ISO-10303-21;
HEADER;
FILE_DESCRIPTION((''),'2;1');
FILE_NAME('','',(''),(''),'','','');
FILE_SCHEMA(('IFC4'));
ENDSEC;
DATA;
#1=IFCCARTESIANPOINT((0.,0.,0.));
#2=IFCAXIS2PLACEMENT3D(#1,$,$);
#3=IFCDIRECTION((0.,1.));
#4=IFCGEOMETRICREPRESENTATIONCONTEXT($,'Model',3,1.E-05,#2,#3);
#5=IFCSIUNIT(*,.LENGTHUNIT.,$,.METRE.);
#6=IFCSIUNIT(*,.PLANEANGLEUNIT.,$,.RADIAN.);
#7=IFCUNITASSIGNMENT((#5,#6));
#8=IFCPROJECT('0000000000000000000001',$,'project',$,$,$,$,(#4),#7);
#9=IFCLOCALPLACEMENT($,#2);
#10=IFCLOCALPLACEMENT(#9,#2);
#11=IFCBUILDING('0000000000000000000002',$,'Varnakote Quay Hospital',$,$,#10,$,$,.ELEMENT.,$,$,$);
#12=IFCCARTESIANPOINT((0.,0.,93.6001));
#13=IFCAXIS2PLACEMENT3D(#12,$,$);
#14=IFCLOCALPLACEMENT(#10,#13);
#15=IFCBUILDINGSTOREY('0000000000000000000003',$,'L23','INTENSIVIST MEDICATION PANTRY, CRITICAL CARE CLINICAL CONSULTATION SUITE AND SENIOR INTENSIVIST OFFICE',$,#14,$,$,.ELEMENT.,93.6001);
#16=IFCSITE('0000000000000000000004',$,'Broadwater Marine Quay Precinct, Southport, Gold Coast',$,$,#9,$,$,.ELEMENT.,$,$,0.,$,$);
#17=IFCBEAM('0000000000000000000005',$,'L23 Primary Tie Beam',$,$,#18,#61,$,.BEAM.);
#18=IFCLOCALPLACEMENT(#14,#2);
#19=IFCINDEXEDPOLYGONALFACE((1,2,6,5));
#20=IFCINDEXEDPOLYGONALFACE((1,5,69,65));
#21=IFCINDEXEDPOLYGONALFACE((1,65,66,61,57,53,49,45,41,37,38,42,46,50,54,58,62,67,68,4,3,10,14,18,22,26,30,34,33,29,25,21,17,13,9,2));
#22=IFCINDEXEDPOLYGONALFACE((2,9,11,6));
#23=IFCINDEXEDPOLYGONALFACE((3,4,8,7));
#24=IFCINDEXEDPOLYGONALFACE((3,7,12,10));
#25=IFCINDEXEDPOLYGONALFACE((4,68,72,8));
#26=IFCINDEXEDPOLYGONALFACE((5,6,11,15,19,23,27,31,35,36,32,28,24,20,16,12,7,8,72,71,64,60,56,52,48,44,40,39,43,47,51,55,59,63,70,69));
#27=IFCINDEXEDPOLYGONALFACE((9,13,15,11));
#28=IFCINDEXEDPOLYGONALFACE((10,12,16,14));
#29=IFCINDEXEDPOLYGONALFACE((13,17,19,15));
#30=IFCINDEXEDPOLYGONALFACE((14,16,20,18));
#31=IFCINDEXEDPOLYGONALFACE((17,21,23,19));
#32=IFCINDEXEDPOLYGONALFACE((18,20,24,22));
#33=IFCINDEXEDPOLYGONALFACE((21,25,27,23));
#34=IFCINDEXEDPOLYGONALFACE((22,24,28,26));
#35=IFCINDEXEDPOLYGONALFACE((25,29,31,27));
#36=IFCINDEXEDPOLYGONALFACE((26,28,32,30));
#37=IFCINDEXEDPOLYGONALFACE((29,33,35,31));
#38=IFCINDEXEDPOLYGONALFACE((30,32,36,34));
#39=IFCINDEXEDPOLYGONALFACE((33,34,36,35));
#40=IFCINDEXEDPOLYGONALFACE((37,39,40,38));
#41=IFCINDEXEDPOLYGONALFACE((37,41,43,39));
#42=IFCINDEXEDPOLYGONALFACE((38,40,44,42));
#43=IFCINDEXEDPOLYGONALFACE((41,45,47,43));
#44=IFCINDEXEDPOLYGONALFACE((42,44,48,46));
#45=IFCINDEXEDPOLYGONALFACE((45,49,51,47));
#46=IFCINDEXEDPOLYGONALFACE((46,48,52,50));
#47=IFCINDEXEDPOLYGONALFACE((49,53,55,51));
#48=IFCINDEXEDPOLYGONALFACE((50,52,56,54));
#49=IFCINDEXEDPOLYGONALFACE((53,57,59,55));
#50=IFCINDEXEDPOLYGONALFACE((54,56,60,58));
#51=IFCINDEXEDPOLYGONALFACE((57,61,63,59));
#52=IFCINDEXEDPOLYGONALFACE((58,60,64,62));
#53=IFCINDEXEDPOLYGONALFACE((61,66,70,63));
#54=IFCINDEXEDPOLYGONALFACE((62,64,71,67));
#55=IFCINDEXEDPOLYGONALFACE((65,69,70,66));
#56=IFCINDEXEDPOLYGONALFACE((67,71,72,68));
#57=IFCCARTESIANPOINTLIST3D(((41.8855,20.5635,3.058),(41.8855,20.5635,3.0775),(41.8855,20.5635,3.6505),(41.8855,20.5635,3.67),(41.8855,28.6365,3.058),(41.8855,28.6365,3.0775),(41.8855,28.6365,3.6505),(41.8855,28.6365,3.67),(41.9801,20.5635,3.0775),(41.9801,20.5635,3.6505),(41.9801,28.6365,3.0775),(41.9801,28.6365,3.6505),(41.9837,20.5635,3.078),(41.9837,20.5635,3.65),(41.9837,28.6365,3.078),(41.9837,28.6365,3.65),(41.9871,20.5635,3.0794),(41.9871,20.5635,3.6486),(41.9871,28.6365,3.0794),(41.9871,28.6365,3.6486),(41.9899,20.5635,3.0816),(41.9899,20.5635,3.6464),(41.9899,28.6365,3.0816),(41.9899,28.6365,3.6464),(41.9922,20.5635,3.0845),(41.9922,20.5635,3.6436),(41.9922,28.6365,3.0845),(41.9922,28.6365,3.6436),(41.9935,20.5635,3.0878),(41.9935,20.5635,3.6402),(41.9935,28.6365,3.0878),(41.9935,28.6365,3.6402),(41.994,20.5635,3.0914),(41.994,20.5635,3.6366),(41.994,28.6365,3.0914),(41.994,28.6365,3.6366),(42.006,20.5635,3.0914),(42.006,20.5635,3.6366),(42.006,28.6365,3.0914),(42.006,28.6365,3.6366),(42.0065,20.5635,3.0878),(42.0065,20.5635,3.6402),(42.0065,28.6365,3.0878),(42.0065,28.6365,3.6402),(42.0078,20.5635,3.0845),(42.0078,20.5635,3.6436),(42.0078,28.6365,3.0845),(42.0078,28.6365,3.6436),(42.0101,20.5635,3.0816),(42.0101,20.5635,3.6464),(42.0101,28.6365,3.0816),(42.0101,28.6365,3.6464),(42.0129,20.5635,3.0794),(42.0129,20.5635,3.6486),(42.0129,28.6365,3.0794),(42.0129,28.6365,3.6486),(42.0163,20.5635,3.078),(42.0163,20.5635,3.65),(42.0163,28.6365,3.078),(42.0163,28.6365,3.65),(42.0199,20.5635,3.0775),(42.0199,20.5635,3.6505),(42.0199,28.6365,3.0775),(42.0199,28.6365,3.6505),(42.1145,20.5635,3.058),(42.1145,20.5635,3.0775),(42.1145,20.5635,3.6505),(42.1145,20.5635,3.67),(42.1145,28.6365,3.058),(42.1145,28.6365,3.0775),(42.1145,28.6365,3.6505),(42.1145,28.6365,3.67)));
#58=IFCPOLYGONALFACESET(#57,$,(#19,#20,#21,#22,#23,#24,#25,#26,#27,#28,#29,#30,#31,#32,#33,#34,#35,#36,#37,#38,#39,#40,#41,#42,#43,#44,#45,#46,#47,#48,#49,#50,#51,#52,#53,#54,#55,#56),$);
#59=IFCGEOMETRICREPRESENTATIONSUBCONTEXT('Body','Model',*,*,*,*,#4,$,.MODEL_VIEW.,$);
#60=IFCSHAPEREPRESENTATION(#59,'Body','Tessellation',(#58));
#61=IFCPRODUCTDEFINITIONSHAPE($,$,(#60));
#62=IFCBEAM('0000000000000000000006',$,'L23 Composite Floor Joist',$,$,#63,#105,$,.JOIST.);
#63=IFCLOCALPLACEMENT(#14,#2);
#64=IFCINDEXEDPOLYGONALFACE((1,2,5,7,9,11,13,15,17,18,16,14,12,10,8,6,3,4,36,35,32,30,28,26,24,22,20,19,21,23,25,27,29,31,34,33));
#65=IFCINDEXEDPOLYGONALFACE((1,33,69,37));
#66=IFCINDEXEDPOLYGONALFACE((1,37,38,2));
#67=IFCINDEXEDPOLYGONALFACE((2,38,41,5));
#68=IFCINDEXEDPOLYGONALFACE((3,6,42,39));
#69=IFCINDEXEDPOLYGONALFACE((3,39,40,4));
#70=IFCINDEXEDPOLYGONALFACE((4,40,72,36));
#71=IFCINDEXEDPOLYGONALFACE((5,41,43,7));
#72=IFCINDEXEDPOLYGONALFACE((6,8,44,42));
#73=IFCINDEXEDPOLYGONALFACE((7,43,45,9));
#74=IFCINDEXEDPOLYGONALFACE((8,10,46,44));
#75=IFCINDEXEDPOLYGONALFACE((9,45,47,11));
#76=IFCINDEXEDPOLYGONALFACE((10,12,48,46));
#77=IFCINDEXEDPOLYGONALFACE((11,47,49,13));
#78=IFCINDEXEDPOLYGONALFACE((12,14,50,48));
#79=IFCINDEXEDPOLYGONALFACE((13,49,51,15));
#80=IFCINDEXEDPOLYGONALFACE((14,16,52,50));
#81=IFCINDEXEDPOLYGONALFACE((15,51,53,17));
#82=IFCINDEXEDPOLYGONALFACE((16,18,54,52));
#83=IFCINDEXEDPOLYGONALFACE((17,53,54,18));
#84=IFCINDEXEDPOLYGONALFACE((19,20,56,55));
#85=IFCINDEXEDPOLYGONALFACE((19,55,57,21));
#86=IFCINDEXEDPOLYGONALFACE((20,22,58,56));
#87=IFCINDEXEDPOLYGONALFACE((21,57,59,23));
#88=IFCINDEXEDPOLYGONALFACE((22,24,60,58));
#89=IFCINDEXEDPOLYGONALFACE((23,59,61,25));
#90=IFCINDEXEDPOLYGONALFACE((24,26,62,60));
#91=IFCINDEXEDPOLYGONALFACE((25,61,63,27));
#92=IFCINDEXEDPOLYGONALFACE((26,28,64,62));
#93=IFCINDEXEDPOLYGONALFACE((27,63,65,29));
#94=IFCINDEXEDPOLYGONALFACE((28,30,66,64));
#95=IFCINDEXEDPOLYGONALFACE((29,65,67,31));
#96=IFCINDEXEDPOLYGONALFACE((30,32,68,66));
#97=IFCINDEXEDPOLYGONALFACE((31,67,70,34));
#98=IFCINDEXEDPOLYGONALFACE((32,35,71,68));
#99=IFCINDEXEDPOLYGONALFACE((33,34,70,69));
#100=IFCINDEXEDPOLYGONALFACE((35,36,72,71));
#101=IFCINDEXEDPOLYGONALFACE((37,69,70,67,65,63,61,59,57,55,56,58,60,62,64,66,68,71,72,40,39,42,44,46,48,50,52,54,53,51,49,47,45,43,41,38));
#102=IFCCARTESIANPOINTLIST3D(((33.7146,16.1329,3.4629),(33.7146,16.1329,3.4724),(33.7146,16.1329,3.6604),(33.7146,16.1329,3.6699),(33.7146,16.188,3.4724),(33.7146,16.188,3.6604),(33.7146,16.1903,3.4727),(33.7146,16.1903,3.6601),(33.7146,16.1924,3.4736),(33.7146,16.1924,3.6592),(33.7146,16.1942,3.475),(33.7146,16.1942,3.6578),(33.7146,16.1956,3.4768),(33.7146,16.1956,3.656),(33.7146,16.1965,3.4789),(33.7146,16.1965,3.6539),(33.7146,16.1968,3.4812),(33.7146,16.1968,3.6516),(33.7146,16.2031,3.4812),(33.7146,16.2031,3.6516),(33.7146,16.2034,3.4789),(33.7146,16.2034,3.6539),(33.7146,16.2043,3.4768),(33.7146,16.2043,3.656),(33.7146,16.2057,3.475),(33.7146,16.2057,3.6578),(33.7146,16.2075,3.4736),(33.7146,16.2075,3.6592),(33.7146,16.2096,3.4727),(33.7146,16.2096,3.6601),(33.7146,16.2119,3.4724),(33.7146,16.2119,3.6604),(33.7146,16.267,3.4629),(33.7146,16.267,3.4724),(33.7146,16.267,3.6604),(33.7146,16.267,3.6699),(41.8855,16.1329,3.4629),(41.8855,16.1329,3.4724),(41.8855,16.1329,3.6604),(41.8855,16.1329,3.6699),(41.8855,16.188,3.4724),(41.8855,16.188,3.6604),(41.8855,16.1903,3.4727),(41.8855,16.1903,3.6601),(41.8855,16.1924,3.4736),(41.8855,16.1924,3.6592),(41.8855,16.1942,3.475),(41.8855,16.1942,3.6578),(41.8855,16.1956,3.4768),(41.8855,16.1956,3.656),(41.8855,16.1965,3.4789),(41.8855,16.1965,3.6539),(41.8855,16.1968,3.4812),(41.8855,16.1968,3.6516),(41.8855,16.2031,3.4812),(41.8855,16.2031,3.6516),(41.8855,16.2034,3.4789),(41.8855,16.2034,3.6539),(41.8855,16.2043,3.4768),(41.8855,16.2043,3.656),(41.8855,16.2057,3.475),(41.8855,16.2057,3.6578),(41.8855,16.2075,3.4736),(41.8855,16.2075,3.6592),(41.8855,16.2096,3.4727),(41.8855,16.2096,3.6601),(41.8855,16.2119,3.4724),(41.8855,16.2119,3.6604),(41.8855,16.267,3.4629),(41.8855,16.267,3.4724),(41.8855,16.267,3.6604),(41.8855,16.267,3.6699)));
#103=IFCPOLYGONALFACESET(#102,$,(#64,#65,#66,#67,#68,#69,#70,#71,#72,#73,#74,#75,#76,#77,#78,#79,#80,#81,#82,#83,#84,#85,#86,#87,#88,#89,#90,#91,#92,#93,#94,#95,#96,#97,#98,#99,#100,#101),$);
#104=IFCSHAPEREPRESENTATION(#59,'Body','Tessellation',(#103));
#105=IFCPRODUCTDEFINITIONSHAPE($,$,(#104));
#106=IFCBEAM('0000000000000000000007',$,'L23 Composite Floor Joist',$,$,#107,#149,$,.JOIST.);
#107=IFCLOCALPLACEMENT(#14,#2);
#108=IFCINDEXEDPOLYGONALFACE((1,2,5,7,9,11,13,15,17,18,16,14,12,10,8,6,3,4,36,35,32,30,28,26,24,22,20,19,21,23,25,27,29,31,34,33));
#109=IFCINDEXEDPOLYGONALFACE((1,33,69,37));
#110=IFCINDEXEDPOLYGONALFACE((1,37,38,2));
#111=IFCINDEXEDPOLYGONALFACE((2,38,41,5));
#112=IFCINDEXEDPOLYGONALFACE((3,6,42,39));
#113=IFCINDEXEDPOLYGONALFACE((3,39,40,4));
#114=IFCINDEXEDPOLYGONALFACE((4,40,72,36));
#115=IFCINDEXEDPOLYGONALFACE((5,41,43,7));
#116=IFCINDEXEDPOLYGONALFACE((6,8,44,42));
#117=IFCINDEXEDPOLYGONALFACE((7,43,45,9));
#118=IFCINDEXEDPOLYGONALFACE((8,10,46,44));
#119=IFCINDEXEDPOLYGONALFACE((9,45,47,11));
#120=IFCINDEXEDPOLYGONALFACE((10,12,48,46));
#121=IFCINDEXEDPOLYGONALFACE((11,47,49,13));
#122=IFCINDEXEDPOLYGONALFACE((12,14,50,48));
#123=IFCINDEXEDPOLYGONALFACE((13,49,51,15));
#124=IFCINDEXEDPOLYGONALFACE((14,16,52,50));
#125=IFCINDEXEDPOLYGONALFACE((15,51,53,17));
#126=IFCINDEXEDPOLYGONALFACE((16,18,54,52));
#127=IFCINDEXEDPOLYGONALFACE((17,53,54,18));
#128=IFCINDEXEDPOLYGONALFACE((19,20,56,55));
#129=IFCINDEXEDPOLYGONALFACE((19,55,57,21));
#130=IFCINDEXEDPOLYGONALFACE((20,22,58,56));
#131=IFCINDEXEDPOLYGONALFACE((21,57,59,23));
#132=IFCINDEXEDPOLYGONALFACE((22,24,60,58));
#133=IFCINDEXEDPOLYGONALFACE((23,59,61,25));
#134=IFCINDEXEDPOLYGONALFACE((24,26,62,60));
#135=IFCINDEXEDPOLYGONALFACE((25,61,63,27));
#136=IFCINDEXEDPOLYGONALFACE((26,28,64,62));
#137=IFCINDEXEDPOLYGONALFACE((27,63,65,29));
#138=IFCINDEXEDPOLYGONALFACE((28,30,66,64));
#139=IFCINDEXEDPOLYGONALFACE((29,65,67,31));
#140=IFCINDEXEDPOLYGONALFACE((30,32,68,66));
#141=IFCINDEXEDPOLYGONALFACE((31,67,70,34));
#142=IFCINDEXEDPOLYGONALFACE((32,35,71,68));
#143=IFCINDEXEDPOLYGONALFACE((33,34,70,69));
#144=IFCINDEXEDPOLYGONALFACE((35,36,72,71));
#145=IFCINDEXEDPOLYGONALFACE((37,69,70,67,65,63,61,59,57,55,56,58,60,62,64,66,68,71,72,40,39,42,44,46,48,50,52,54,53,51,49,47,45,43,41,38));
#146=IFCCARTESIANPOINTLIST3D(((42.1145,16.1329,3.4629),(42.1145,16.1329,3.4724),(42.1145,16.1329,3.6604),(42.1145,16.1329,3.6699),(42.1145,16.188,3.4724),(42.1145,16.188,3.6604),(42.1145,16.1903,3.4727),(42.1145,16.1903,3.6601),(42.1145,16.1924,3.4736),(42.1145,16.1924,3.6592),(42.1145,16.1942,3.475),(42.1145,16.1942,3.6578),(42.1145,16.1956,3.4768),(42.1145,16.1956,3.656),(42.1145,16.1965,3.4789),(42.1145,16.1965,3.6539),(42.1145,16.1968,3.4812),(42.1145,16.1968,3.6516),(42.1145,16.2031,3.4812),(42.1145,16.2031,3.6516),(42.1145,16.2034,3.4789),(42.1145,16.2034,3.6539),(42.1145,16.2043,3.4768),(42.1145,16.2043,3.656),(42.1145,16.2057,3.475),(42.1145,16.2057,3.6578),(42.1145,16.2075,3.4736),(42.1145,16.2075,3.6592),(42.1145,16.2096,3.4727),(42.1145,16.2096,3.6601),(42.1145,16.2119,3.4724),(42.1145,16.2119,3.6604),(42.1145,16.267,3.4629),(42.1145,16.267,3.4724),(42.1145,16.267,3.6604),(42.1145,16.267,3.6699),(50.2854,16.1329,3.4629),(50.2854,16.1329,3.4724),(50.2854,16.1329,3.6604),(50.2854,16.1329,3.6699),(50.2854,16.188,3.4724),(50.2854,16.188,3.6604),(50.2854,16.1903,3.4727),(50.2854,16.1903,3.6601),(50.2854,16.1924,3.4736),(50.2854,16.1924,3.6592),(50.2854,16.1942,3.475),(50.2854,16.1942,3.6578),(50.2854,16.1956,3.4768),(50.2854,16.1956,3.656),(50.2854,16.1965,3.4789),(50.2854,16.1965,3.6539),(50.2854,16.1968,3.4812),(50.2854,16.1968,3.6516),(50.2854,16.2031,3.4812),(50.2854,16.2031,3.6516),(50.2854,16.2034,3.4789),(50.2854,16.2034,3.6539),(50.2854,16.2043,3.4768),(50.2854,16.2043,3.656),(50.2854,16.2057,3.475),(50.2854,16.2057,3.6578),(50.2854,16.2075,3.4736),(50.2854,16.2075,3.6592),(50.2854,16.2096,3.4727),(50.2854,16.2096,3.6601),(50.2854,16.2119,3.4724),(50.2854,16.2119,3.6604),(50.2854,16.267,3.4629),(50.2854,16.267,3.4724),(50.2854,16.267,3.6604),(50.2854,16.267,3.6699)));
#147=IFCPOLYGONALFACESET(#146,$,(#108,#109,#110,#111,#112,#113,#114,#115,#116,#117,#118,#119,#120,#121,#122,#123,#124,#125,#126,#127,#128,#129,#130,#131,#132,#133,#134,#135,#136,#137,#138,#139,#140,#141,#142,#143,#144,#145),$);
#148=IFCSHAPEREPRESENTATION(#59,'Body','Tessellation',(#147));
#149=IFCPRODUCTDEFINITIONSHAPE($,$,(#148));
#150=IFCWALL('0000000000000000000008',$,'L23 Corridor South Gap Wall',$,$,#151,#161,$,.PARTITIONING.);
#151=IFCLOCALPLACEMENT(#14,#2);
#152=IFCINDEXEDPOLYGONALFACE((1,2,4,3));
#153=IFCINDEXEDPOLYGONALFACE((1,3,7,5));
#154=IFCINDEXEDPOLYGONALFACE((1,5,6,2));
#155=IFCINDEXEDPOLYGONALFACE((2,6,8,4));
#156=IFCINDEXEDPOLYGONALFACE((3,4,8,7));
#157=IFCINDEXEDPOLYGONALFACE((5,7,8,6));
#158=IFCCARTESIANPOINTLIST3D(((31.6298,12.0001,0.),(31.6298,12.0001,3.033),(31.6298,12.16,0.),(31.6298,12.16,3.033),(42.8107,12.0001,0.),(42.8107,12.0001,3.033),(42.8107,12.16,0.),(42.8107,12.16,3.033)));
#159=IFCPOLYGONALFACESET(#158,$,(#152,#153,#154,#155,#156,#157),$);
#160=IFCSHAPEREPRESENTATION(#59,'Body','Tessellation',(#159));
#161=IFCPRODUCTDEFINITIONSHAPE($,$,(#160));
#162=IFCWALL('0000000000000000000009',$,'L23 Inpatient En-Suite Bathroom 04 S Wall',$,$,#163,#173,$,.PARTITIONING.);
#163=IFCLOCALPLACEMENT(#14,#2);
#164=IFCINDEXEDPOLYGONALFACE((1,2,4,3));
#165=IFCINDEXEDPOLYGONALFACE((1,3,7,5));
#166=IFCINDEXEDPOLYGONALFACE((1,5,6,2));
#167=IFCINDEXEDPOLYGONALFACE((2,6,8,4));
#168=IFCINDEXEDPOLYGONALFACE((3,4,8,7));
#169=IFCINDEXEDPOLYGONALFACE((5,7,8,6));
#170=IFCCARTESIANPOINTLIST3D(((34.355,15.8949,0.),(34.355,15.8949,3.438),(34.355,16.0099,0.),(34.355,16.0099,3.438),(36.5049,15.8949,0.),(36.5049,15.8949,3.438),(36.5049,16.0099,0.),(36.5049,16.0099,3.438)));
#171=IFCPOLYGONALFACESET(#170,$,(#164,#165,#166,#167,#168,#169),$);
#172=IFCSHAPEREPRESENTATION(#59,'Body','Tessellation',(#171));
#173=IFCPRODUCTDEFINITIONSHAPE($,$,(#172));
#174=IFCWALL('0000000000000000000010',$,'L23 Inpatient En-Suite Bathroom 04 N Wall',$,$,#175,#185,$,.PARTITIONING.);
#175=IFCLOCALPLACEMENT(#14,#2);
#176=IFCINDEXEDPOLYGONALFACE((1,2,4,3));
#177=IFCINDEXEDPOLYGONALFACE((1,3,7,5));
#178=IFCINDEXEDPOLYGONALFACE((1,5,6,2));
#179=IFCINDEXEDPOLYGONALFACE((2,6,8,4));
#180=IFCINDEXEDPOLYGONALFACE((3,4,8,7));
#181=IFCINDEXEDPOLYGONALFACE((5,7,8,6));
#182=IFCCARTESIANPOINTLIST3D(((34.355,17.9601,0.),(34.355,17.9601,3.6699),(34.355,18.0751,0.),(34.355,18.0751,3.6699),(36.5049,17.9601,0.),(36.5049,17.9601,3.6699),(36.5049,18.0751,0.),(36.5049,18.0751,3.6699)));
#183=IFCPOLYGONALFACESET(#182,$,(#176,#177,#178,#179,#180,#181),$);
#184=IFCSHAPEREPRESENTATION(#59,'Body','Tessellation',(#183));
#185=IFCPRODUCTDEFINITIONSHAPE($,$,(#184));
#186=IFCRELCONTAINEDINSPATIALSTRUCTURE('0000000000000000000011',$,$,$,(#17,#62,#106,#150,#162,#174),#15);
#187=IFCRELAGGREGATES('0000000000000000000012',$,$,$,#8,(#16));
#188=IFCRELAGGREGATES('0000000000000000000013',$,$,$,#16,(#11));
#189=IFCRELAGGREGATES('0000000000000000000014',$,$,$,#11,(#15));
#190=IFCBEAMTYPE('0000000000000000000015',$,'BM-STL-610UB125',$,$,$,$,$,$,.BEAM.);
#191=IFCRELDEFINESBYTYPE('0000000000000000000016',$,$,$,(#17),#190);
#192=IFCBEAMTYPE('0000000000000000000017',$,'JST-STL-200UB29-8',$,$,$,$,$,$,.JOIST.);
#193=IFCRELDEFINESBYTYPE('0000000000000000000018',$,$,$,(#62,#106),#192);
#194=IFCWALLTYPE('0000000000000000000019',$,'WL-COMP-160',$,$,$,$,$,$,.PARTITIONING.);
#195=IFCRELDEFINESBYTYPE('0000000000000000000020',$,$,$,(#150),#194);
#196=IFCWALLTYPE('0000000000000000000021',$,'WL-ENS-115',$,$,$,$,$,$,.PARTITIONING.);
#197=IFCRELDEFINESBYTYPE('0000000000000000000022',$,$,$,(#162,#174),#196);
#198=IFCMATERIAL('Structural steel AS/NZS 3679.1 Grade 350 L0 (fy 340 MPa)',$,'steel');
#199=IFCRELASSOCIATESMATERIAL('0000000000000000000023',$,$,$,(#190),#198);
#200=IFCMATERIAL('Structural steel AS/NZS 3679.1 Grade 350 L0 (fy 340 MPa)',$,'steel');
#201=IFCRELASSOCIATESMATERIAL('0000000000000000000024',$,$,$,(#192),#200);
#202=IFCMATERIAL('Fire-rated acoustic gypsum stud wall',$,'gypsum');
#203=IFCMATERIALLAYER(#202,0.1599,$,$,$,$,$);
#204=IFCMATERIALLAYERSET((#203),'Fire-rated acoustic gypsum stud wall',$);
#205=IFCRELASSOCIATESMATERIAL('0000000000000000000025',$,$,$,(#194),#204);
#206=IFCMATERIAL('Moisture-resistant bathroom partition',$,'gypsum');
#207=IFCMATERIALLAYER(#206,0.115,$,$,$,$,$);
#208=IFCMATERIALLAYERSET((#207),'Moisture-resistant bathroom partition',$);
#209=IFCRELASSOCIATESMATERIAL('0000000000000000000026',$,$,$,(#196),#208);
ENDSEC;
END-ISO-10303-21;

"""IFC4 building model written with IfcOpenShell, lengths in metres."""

from ifc_helpers import new_model, si_unit, direction, frame, frame_2d, origin, origin_2d, place, context, subcontext, project, spatial, rectangle, i_section, extrude, material, layer, layer_set, material_profile, profile_set, type_object, element, save


model = new_model("IFC4")

# Units and contexts
model_context = context("Model", 3, precision=1e-05, world=origin(), true_north=direction((0.0, 1.0)))
body_context = subcontext(model_context, "Body", "Model", "MODEL_VIEW")
ifc_project = project(units=[si_unit("LENGTHUNIT", "METRE"), si_unit("PLANEANGLEUNIT", "RADIAN")], contexts=[model_context])

# Site, building, storey
site_placement = place(None, origin())
site = spatial("IfcSite", under=ifc_project, at=site_placement, Name="Broadwater Marine Quay Precinct, Southport, Gold Coast", CompositionType="ELEMENT", RefElevation=0.0)
building_placement = place(site_placement, origin())
building = spatial("IfcBuilding", under=site, at=building_placement, Name="Varnakote Quay Hospital", CompositionType="ELEMENT")
storey_placement = place(building_placement, frame((0.0, 0.0, 93.6001)))
storey = spatial("IfcBuildingStorey", under=building, at=storey_placement, Name="L23", Description="INTENSIVIST MEDICATION PANTRY, CRITICAL CARE CLINICAL CONSULTATION SUITE AND SENIOR INTENSIVIST OFFICE", CompositionType="ELEMENT", Elevation=93.6001)

# Beams
ifc_material_1 = material(Name="Structural steel AS/NZS 3679.1 Grade 350 L0 (fy 340 MPa)", Category="steel")
ifc_material_profile_1 = material_profile(ifc_material_1, i_section(OverallWidth=0.229, OverallDepth=0.6121, WebThickness=0.012, FlangeThickness=0.0195, FilletRadius=0.0139, at=origin_2d()), Name="610UB125")
ifc_profile_set_1 = profile_set([ifc_material_profile_1], Name="Structural steel AS/NZS 3679.1 Grade 350 L0 (fy 340 MPa)")
beam_type_1 = type_object("IfcBeamType", Name="BM-STL-610UB125", PredefinedType="BEAM", material=ifc_profile_set_1)
for number, where, z_axis, x_axis, name in (
    (1, (42.0, 20.5635, 3.364), (0.0, 1.0, 0.0), (-1.0, 0.0, 0.0), "L23 Primary Tie Beam"),
):
    element("IfcBeam", number, at=place(storey_placement, frame(where, z_axis=z_axis, x_axis=x_axis)), inside=storey, type_object=beam_type_1, Name=name, PredefinedType="BEAM", context=body_context, shape_type="SweptSolid", body=[
        extrude(i_section(OverallWidth=0.229, OverallDepth=0.6121, WebThickness=0.012, FlangeThickness=0.0195, FilletRadius=0.0139, at=origin_2d()), origin(), (0.0, 0.0, 1.0), 8.073),
    ])
ifc_material_2 = material(Name="Structural steel AS/NZS 3679.1 Grade 350 L0 (fy 340 MPa)", Category="steel")
ifc_material_profile_2 = material_profile(ifc_material_2, i_section(OverallWidth=0.134, OverallDepth=0.207, WebThickness=0.0063, FlangeThickness=0.0095, FilletRadius=0.0088, at=origin_2d()), Name="200UB29.8")
ifc_profile_set_2 = profile_set([ifc_material_profile_2], Name="Structural steel AS/NZS 3679.1 Grade 350 L0 (fy 340 MPa)")
beam_type_2 = type_object("IfcBeamType", Name="JST-STL-200UB29-8", PredefinedType="JOIST", material=ifc_profile_set_2)
for number, where, z_axis, x_axis, name in (
    (2, (33.7146, 16.2, 3.5664), (1.0, 0.0, 0.0), (0.0, 1.0, 0.0), "L23 Composite Floor Joist"),
    (3, (42.1145, 16.2, 3.5664), (1.0, 0.0, 0.0), (0.0, 1.0, 0.0), "L23 Composite Floor Joist"),
):
    element("IfcBeam", number, at=place(storey_placement, frame(where, z_axis=z_axis, x_axis=x_axis)), inside=storey, type_object=beam_type_2, Name=name, PredefinedType="JOIST", context=body_context, shape_type="SweptSolid", body=[
        extrude(i_section(OverallWidth=0.134, OverallDepth=0.207, WebThickness=0.0063, FlangeThickness=0.0095, FilletRadius=0.0088, at=origin_2d()), origin(), (0.0, 0.0, 1.0), 8.1709),
    ])

# Walls
ifc_material_3 = material(Name="Fire-rated acoustic gypsum stud wall", Category="gypsum")
ifc_layer_1 = layer(ifc_material_3, 0.1599)
ifc_layer_set_1 = layer_set([ifc_layer_1], Name="Fire-rated acoustic gypsum stud wall")
wall_type_1 = type_object("IfcWallType", Name="WL-COMP-160", PredefinedType="PARTITIONING", material=ifc_layer_set_1)
wall_1_placement = place(storey_placement, frame((31.6299, 12.0801, 0.0), z_axis=(0.0, 0.0, 1.0), x_axis=(1.0, 0.0, 0.0)))
element("IfcWall", 4, at=wall_1_placement, inside=storey, type_object=wall_type_1, Name="L23 Corridor South Gap Wall", PredefinedType="PARTITIONING", context=body_context, shape_type="SweptSolid", body=[
    extrude(rectangle(XDim=11.1809, YDim=0.1599, at=frame_2d((5.5903, 0.0))), origin(), (0.0, 0.0, 1.0), 3.033),
])
ifc_material_4 = material(Name="Moisture-resistant bathroom partition", Category="gypsum")
ifc_layer_2 = layer(ifc_material_4, 0.115)
ifc_layer_set_2 = layer_set([ifc_layer_2], Name="Moisture-resistant bathroom partition")
wall_type_2 = type_object("IfcWallType", Name="WL-ENS-115", PredefinedType="PARTITIONING", material=ifc_layer_set_2)
wall_2_placement = place(storey_placement, frame((34.355, 15.9524, 0.0), z_axis=(0.0, 0.0, 1.0), x_axis=(1.0, 0.0, 0.0)))
element("IfcWall", 5, at=wall_2_placement, inside=storey, type_object=wall_type_2, Name="L23 Inpatient En-Suite Bathroom 04 S Wall", PredefinedType="PARTITIONING", context=body_context, shape_type="SweptSolid", body=[
    extrude(rectangle(XDim=2.1499, YDim=0.115, at=frame_2d((1.075, 0.0))), origin(), (0.0, 0.0, 1.0), 3.438),
])
wall_3_placement = place(storey_placement, frame((34.355, 18.0176, 0.0), z_axis=(0.0, 0.0, 1.0), x_axis=(1.0, 0.0, 0.0)))
element("IfcWall", 6, at=wall_3_placement, inside=storey, type_object=wall_type_2, Name="L23 Inpatient En-Suite Bathroom 04 N Wall", PredefinedType="PARTITIONING", context=body_context, shape_type="SweptSolid", body=[
    extrude(rectangle(XDim=2.1499, YDim=0.115, at=frame_2d((1.075, 0.0))), origin(), (0.0, 0.0, 1.0), 3.6699),
])

save(model, "model.ifc")
